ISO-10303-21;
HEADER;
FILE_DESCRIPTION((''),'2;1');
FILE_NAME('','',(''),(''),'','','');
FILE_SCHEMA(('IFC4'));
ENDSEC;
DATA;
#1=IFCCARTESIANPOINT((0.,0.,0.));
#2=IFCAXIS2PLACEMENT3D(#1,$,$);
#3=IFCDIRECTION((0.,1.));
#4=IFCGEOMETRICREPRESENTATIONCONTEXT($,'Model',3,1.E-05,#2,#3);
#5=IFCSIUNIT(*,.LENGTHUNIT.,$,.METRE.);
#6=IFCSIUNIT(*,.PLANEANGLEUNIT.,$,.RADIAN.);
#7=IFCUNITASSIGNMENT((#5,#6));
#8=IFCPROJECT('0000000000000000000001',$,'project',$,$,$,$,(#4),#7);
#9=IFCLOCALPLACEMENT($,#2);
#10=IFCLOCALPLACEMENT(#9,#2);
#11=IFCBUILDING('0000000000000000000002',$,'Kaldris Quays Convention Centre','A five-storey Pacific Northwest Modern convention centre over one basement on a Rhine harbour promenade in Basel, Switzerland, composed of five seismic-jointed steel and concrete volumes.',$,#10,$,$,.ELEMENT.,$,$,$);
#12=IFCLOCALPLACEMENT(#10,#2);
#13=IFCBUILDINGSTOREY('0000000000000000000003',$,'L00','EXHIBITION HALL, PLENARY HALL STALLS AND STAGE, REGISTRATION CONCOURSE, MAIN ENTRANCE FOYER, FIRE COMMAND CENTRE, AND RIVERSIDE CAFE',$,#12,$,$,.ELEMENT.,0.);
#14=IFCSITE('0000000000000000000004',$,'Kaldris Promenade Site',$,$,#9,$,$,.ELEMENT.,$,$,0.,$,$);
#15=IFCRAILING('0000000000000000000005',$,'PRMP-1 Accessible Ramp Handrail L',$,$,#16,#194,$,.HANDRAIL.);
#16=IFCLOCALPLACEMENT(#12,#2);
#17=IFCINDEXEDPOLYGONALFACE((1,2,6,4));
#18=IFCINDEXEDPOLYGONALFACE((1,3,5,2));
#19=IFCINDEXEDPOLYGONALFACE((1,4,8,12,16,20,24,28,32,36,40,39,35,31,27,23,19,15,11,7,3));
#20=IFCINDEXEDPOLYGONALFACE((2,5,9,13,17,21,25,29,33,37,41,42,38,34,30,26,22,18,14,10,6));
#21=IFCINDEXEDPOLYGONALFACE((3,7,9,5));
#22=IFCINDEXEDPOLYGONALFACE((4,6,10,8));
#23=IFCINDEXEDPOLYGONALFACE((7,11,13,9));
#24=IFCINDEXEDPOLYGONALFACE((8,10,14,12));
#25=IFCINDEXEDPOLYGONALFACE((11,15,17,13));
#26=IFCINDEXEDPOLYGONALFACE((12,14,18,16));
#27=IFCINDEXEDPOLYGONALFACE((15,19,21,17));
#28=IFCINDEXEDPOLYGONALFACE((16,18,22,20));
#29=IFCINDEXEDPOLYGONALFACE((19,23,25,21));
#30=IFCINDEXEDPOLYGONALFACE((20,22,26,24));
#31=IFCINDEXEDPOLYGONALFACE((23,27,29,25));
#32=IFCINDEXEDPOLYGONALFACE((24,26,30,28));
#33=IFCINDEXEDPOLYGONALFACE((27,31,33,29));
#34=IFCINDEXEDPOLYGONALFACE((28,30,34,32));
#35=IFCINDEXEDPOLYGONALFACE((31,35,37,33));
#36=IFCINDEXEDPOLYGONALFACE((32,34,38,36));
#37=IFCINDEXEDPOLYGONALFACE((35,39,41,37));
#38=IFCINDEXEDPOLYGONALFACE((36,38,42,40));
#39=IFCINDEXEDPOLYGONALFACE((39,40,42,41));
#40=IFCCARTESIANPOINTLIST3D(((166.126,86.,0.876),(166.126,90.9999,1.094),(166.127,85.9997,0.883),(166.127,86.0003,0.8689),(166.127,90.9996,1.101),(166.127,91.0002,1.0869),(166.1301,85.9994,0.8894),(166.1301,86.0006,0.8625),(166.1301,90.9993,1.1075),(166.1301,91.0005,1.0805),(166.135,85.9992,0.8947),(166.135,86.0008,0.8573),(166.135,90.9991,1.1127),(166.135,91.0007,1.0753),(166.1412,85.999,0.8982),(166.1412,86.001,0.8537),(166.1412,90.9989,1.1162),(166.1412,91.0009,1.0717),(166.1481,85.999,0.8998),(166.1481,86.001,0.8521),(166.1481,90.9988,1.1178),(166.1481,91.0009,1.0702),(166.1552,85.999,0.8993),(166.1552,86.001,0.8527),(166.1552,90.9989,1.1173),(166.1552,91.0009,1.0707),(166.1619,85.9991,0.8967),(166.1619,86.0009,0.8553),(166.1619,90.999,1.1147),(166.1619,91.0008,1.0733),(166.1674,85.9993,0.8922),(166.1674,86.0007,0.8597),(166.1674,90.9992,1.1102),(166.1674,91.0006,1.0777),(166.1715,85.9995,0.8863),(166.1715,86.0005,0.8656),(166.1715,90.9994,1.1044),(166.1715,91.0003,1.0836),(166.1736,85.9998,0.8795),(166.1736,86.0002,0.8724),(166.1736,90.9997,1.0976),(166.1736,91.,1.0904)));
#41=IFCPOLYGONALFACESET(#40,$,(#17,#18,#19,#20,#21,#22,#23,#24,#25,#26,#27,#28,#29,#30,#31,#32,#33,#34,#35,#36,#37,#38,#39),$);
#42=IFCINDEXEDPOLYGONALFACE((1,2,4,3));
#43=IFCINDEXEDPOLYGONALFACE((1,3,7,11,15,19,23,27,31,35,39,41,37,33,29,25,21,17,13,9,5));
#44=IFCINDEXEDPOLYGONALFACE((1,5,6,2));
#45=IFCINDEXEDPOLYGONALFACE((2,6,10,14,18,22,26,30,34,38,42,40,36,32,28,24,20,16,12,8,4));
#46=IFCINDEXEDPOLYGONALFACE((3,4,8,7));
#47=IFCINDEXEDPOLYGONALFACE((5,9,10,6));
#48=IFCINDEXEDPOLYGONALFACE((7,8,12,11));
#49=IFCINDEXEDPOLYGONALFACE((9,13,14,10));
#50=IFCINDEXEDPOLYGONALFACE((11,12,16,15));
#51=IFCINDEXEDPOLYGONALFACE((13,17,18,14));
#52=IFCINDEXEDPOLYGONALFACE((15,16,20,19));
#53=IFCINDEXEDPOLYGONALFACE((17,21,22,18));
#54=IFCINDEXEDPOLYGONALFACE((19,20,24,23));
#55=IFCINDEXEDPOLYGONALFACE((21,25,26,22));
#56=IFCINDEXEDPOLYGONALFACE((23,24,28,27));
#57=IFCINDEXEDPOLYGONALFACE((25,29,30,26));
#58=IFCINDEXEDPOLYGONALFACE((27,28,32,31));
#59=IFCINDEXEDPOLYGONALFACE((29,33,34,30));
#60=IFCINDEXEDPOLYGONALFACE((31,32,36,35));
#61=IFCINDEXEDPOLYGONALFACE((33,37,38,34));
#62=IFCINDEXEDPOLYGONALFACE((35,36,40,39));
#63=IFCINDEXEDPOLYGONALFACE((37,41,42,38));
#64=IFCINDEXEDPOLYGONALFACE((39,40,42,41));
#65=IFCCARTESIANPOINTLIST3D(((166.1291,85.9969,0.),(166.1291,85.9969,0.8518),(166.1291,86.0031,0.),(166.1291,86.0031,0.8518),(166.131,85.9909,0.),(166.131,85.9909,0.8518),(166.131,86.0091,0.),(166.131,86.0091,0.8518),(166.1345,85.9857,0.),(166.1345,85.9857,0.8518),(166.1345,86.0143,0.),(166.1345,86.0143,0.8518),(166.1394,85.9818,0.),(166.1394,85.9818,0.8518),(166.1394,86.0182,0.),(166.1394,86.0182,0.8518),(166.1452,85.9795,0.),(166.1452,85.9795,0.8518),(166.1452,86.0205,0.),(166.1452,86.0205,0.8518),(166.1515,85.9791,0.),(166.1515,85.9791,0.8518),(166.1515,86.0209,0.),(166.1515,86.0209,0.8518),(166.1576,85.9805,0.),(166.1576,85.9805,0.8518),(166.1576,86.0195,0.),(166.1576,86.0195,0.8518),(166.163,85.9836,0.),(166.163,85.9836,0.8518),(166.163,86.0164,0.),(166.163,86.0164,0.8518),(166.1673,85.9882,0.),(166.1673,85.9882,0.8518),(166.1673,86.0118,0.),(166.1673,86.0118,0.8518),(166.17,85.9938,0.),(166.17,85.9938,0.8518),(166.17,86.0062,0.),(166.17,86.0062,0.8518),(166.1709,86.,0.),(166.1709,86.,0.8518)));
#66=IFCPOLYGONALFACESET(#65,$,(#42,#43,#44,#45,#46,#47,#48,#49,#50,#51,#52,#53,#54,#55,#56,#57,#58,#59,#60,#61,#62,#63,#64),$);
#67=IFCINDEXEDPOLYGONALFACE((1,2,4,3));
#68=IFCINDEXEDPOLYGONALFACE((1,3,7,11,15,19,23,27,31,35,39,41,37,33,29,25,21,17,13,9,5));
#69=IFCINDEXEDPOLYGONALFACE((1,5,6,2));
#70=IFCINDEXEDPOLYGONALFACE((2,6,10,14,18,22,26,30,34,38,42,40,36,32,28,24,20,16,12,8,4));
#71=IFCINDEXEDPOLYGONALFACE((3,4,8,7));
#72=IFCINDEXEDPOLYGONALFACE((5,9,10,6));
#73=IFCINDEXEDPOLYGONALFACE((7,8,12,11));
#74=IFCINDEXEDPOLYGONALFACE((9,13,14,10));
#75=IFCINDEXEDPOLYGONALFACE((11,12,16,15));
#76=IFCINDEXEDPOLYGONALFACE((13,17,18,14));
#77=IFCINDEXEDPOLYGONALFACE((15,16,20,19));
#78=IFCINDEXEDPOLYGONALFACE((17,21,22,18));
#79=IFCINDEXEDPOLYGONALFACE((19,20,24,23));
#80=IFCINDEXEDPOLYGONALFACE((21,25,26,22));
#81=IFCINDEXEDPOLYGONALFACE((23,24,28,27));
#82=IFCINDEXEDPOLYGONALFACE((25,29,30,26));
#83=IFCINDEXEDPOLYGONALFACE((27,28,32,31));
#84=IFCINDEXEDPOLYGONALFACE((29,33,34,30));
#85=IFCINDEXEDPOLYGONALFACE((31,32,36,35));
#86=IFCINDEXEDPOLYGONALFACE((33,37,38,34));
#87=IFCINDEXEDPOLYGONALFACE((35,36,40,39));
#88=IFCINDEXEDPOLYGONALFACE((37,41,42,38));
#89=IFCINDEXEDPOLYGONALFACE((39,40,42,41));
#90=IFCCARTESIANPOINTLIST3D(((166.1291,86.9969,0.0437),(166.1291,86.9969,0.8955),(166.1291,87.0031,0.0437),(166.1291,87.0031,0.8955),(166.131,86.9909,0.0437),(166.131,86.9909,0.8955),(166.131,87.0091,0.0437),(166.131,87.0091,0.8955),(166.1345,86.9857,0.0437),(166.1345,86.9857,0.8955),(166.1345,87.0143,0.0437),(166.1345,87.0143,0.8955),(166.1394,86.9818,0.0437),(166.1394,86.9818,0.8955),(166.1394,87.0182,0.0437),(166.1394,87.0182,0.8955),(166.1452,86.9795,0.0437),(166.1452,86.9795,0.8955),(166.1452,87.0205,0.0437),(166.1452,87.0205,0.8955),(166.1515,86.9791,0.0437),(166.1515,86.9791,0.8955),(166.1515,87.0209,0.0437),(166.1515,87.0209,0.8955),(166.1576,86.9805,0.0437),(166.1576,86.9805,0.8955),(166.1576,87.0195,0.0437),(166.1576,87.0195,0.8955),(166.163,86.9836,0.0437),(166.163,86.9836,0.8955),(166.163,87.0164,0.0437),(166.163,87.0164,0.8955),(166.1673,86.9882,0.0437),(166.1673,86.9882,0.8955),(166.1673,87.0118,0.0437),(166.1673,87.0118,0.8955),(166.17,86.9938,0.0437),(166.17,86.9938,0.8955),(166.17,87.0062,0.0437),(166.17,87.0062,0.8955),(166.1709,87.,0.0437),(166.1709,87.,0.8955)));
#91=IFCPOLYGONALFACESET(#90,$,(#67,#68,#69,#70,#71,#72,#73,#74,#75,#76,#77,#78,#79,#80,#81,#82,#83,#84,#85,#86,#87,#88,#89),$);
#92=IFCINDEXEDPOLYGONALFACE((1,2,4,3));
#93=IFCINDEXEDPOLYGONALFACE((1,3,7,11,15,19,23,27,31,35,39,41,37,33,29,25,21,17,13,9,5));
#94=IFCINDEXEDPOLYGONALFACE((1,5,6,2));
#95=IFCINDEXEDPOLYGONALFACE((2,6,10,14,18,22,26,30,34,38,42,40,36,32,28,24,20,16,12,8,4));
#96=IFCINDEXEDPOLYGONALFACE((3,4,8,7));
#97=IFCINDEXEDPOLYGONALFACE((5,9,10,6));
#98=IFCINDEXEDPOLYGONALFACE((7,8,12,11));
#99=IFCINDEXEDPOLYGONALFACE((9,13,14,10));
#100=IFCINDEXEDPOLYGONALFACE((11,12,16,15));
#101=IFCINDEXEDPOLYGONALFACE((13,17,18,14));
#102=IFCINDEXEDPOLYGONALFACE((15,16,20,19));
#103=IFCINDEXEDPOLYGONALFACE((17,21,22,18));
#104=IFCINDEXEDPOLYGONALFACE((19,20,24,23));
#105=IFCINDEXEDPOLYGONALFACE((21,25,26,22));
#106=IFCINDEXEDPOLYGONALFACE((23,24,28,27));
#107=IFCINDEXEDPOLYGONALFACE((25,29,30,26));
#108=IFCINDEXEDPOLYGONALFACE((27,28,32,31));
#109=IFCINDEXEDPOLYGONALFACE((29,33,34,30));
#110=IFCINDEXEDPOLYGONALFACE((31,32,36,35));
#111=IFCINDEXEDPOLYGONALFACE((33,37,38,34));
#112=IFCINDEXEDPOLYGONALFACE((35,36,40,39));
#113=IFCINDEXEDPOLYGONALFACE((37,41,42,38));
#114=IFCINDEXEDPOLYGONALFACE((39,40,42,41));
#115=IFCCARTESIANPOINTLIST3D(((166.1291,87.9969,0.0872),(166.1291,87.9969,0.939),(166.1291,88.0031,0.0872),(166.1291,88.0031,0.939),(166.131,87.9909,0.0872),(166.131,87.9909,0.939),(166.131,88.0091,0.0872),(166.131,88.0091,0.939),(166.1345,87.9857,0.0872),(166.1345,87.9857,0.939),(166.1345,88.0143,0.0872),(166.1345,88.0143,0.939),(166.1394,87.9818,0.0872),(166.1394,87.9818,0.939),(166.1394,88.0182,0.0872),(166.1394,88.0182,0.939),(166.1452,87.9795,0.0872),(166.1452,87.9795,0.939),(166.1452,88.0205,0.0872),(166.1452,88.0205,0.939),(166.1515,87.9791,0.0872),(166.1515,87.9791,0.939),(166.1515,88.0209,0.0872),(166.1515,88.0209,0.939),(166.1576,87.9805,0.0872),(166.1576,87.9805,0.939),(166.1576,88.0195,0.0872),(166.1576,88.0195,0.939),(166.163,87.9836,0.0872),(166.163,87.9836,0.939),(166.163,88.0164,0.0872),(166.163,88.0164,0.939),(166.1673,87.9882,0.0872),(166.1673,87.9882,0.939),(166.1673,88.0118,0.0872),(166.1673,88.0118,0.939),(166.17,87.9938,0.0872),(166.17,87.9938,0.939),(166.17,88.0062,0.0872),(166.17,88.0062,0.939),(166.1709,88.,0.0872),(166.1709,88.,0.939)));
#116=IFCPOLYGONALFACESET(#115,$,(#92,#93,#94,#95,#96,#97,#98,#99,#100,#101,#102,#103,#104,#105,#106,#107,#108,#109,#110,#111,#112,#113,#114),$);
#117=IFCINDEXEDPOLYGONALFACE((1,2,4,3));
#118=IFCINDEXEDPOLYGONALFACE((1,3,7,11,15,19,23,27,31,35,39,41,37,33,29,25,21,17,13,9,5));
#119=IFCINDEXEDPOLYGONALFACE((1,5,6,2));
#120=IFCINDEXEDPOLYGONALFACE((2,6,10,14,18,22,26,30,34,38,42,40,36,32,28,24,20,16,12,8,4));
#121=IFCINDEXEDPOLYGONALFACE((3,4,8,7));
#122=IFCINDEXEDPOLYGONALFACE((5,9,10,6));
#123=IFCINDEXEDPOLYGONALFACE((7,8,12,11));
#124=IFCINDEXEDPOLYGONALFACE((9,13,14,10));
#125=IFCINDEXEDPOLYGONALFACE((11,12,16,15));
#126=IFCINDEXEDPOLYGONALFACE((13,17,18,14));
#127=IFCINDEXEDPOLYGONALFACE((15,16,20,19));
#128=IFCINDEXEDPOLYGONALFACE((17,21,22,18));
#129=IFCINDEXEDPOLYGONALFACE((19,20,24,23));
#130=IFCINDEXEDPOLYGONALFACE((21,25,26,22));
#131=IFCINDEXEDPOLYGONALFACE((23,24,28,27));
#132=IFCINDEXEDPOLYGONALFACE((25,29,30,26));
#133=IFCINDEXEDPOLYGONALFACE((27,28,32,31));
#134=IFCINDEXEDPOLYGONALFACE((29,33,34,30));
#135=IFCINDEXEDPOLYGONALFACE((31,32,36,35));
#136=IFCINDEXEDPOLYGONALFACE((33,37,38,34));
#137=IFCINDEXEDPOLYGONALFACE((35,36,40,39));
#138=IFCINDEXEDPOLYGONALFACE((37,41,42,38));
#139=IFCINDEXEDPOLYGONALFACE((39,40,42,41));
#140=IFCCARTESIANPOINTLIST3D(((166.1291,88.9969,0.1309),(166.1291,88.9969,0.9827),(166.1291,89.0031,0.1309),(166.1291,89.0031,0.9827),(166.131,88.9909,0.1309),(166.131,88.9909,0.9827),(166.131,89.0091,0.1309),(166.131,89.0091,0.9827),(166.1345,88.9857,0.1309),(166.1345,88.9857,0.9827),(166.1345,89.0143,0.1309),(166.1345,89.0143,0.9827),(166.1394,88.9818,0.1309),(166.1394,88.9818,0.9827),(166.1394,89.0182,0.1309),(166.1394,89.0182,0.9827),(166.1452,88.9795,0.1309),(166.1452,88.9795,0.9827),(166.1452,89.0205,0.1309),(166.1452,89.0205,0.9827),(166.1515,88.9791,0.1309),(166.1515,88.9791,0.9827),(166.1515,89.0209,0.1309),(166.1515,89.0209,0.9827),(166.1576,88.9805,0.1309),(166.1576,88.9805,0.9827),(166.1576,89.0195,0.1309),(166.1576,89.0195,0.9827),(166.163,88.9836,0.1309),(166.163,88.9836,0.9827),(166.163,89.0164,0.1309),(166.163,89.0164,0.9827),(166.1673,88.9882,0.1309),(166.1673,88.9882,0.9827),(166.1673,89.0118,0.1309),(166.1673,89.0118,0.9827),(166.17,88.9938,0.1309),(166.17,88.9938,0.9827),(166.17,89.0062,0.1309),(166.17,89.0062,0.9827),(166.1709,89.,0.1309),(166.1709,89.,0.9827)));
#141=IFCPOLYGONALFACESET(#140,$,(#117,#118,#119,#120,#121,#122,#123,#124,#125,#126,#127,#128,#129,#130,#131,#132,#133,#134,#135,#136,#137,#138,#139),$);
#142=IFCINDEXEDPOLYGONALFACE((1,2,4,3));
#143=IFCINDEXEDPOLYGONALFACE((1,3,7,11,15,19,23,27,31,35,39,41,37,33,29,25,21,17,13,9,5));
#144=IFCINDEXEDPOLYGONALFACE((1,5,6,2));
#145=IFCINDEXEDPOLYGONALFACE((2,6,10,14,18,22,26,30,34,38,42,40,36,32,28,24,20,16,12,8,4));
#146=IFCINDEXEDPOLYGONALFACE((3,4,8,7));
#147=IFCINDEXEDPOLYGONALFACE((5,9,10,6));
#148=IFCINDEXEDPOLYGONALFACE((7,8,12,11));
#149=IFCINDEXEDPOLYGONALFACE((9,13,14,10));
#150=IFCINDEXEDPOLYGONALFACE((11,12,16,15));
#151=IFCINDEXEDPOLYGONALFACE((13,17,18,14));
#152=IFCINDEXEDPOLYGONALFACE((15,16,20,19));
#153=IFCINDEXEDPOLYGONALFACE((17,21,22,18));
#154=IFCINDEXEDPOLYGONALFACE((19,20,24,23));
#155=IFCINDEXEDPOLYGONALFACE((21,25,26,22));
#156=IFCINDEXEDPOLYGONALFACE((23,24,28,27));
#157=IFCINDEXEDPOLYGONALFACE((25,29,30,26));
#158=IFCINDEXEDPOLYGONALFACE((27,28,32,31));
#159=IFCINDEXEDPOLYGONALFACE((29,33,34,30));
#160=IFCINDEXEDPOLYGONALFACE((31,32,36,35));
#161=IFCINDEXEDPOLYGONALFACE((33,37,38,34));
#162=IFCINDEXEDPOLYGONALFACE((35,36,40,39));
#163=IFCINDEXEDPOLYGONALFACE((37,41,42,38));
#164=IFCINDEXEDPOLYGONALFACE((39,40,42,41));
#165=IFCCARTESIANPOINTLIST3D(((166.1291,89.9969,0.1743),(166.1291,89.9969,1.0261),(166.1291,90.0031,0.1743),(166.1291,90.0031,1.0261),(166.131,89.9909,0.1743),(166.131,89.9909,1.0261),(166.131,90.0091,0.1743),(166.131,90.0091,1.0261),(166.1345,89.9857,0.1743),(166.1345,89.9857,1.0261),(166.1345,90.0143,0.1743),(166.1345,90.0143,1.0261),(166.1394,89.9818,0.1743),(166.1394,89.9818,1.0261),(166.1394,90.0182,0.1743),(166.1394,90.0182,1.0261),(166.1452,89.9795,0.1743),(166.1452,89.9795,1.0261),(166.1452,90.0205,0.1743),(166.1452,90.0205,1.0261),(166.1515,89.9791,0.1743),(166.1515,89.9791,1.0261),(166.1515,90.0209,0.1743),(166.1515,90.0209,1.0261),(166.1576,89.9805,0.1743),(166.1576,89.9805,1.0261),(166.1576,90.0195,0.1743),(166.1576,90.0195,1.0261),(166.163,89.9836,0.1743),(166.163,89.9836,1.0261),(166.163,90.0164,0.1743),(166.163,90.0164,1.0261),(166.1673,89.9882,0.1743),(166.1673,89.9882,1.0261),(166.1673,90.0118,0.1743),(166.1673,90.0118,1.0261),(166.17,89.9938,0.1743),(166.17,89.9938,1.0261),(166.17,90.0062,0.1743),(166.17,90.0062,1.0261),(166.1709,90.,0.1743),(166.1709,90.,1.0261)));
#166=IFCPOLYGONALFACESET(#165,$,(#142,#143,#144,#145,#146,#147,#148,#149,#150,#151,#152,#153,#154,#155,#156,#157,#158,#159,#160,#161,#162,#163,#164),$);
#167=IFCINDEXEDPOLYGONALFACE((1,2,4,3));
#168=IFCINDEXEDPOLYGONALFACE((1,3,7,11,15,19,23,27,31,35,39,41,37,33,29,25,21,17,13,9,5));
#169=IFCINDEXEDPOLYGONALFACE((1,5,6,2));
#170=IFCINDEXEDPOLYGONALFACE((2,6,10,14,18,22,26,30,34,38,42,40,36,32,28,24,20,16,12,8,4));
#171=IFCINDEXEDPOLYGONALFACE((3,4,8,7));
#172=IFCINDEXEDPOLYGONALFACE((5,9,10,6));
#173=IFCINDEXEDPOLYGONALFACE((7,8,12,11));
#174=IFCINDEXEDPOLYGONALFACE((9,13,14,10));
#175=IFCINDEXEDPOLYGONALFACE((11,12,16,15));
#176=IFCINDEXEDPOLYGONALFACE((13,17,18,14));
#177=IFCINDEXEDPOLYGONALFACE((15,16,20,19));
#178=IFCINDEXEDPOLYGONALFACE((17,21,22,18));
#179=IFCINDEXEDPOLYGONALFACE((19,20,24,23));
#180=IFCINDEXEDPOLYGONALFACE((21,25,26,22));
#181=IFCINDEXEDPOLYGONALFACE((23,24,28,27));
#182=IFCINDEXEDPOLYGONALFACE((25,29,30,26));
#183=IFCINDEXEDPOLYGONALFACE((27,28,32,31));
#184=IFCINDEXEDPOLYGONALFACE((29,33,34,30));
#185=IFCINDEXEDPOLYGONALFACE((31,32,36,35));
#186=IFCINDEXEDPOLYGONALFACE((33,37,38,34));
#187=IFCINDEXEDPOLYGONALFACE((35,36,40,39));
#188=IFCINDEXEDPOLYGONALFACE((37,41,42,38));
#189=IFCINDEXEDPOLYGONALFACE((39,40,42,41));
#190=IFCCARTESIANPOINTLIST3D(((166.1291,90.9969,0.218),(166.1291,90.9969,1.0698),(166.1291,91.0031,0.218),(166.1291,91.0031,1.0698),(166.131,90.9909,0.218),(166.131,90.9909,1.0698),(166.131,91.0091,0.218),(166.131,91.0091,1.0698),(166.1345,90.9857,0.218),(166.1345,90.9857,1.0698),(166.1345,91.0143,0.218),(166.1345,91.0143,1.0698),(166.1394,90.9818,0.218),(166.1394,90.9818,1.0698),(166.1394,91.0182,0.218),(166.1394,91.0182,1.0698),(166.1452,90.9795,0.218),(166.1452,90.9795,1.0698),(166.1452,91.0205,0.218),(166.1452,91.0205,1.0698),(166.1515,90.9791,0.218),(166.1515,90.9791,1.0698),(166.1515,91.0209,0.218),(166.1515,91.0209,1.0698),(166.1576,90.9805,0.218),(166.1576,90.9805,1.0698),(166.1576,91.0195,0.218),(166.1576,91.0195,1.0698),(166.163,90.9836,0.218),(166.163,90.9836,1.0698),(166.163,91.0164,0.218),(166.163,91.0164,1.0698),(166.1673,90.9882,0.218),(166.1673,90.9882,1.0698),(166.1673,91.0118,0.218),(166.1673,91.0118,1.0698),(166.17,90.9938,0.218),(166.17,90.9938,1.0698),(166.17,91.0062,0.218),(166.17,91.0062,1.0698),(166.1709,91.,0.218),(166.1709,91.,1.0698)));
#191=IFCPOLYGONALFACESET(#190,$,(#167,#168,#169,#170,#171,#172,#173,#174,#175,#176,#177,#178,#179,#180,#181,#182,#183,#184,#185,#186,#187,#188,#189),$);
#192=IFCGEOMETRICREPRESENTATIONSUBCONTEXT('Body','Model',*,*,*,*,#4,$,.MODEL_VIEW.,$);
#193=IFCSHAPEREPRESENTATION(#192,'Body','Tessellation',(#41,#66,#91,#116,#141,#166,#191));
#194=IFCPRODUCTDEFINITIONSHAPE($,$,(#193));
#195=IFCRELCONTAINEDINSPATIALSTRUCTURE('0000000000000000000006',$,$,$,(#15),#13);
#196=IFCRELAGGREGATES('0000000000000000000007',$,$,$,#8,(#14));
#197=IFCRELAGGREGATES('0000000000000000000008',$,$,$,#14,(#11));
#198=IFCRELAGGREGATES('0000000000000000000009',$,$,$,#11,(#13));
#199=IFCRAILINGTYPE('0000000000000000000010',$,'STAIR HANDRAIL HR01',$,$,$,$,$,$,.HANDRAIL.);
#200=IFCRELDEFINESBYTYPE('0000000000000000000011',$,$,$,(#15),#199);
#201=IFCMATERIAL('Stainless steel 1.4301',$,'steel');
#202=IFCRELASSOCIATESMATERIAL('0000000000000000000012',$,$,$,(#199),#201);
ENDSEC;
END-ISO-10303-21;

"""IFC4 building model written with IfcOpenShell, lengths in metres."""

from ifc_helpers import new_model, si_unit, direction, frame, origin, origin_2d, place, context, subcontext, project, spatial, circle, extrude, material, type_object, element, save


model = new_model("IFC4")

# Units and contexts
model_context = context("Model", 3, precision=1e-05, world=origin(), true_north=direction((0.0, 1.0)))
body_context = subcontext(model_context, "Body", "Model", "MODEL_VIEW")
ifc_project = project(units=[si_unit("LENGTHUNIT", "METRE"), si_unit("PLANEANGLEUNIT", "RADIAN")], contexts=[model_context])

# Site, building, storey
site_placement = place(None, origin())
site = spatial("IfcSite", under=ifc_project, at=site_placement, Name="Kaldris Promenade Site", CompositionType="ELEMENT", RefElevation=0.0)
building_placement = place(site_placement, origin())
building = spatial("IfcBuilding", under=site, at=building_placement, Name="Kaldris Quays Convention Centre", Description="A five-storey Pacific Northwest Modern convention centre over one basement on a Rhine harbour promenade in Basel, Switzerland, composed of five seismic-jointed steel and concrete volumes.", CompositionType="ELEMENT")
storey_placement = place(building_placement, origin())
storey = spatial("IfcBuildingStorey", under=building, at=storey_placement, Name="L00", Description="EXHIBITION HALL, PLENARY HALL STALLS AND STAGE, REGISTRATION CONCOURSE, MAIN ENTRANCE FOYER, FIRE COMMAND CENTRE, AND RIVERSIDE CAFE", CompositionType="ELEMENT", Elevation=0.0)

# Railing
ifc_material_1 = material(Name="Stainless steel 1.4301", Category="steel")
railing_type = type_object("IfcRailingType", Name="STAIR HANDRAIL HR01", PredefinedType="HANDRAIL", material=ifc_material_1)
for number, where, name in (
    (1, (166.1499, 86.0, 0.0), "PRMP-1 Accessible Ramp Handrail L"),
):
    element("IfcRailing", number, at=place(storey_placement, frame(where)), inside=storey, type_object=railing_type, Name=name, PredefinedType="HANDRAIL", context=body_context, shape_type="SweptSolid", body=[
        extrude(circle(Radius=0.0239, at=origin_2d()), frame((0.0, 0.0, 0.876), z_axis=(0.0, 0.999051, 0.043562), x_axis=(-1.0, 0.0, 0.0)), (0.0, 0.0, 1.0), 5.0046),
        extrude(circle(Radius=0.021, at=origin_2d()), origin(), (0.0, 0.0, 1.0), 0.8518),
        extrude(circle(Radius=0.021, at=origin_2d()), frame((0.0, 1.0, 0.0437)), (0.0, 0.0, 1.0), 0.8518),
        extrude(circle(Radius=0.021, at=origin_2d()), frame((0.0, 2.0, 0.0872)), (0.0, 0.0, 1.0), 0.8518),
        extrude(circle(Radius=0.021, at=origin_2d()), frame((0.0, 3.0, 0.1309)), (0.0, 0.0, 1.0), 0.8518),
        extrude(circle(Radius=0.021, at=origin_2d()), frame((0.0, 4.0, 0.1743)), (0.0, 0.0, 1.0), 0.8518),
        extrude(circle(Radius=0.021, at=origin_2d()), frame((0.0, 5.0, 0.218)), (0.0, 0.0, 1.0), 0.8518),
    ])

save(model, "model.ifc")
